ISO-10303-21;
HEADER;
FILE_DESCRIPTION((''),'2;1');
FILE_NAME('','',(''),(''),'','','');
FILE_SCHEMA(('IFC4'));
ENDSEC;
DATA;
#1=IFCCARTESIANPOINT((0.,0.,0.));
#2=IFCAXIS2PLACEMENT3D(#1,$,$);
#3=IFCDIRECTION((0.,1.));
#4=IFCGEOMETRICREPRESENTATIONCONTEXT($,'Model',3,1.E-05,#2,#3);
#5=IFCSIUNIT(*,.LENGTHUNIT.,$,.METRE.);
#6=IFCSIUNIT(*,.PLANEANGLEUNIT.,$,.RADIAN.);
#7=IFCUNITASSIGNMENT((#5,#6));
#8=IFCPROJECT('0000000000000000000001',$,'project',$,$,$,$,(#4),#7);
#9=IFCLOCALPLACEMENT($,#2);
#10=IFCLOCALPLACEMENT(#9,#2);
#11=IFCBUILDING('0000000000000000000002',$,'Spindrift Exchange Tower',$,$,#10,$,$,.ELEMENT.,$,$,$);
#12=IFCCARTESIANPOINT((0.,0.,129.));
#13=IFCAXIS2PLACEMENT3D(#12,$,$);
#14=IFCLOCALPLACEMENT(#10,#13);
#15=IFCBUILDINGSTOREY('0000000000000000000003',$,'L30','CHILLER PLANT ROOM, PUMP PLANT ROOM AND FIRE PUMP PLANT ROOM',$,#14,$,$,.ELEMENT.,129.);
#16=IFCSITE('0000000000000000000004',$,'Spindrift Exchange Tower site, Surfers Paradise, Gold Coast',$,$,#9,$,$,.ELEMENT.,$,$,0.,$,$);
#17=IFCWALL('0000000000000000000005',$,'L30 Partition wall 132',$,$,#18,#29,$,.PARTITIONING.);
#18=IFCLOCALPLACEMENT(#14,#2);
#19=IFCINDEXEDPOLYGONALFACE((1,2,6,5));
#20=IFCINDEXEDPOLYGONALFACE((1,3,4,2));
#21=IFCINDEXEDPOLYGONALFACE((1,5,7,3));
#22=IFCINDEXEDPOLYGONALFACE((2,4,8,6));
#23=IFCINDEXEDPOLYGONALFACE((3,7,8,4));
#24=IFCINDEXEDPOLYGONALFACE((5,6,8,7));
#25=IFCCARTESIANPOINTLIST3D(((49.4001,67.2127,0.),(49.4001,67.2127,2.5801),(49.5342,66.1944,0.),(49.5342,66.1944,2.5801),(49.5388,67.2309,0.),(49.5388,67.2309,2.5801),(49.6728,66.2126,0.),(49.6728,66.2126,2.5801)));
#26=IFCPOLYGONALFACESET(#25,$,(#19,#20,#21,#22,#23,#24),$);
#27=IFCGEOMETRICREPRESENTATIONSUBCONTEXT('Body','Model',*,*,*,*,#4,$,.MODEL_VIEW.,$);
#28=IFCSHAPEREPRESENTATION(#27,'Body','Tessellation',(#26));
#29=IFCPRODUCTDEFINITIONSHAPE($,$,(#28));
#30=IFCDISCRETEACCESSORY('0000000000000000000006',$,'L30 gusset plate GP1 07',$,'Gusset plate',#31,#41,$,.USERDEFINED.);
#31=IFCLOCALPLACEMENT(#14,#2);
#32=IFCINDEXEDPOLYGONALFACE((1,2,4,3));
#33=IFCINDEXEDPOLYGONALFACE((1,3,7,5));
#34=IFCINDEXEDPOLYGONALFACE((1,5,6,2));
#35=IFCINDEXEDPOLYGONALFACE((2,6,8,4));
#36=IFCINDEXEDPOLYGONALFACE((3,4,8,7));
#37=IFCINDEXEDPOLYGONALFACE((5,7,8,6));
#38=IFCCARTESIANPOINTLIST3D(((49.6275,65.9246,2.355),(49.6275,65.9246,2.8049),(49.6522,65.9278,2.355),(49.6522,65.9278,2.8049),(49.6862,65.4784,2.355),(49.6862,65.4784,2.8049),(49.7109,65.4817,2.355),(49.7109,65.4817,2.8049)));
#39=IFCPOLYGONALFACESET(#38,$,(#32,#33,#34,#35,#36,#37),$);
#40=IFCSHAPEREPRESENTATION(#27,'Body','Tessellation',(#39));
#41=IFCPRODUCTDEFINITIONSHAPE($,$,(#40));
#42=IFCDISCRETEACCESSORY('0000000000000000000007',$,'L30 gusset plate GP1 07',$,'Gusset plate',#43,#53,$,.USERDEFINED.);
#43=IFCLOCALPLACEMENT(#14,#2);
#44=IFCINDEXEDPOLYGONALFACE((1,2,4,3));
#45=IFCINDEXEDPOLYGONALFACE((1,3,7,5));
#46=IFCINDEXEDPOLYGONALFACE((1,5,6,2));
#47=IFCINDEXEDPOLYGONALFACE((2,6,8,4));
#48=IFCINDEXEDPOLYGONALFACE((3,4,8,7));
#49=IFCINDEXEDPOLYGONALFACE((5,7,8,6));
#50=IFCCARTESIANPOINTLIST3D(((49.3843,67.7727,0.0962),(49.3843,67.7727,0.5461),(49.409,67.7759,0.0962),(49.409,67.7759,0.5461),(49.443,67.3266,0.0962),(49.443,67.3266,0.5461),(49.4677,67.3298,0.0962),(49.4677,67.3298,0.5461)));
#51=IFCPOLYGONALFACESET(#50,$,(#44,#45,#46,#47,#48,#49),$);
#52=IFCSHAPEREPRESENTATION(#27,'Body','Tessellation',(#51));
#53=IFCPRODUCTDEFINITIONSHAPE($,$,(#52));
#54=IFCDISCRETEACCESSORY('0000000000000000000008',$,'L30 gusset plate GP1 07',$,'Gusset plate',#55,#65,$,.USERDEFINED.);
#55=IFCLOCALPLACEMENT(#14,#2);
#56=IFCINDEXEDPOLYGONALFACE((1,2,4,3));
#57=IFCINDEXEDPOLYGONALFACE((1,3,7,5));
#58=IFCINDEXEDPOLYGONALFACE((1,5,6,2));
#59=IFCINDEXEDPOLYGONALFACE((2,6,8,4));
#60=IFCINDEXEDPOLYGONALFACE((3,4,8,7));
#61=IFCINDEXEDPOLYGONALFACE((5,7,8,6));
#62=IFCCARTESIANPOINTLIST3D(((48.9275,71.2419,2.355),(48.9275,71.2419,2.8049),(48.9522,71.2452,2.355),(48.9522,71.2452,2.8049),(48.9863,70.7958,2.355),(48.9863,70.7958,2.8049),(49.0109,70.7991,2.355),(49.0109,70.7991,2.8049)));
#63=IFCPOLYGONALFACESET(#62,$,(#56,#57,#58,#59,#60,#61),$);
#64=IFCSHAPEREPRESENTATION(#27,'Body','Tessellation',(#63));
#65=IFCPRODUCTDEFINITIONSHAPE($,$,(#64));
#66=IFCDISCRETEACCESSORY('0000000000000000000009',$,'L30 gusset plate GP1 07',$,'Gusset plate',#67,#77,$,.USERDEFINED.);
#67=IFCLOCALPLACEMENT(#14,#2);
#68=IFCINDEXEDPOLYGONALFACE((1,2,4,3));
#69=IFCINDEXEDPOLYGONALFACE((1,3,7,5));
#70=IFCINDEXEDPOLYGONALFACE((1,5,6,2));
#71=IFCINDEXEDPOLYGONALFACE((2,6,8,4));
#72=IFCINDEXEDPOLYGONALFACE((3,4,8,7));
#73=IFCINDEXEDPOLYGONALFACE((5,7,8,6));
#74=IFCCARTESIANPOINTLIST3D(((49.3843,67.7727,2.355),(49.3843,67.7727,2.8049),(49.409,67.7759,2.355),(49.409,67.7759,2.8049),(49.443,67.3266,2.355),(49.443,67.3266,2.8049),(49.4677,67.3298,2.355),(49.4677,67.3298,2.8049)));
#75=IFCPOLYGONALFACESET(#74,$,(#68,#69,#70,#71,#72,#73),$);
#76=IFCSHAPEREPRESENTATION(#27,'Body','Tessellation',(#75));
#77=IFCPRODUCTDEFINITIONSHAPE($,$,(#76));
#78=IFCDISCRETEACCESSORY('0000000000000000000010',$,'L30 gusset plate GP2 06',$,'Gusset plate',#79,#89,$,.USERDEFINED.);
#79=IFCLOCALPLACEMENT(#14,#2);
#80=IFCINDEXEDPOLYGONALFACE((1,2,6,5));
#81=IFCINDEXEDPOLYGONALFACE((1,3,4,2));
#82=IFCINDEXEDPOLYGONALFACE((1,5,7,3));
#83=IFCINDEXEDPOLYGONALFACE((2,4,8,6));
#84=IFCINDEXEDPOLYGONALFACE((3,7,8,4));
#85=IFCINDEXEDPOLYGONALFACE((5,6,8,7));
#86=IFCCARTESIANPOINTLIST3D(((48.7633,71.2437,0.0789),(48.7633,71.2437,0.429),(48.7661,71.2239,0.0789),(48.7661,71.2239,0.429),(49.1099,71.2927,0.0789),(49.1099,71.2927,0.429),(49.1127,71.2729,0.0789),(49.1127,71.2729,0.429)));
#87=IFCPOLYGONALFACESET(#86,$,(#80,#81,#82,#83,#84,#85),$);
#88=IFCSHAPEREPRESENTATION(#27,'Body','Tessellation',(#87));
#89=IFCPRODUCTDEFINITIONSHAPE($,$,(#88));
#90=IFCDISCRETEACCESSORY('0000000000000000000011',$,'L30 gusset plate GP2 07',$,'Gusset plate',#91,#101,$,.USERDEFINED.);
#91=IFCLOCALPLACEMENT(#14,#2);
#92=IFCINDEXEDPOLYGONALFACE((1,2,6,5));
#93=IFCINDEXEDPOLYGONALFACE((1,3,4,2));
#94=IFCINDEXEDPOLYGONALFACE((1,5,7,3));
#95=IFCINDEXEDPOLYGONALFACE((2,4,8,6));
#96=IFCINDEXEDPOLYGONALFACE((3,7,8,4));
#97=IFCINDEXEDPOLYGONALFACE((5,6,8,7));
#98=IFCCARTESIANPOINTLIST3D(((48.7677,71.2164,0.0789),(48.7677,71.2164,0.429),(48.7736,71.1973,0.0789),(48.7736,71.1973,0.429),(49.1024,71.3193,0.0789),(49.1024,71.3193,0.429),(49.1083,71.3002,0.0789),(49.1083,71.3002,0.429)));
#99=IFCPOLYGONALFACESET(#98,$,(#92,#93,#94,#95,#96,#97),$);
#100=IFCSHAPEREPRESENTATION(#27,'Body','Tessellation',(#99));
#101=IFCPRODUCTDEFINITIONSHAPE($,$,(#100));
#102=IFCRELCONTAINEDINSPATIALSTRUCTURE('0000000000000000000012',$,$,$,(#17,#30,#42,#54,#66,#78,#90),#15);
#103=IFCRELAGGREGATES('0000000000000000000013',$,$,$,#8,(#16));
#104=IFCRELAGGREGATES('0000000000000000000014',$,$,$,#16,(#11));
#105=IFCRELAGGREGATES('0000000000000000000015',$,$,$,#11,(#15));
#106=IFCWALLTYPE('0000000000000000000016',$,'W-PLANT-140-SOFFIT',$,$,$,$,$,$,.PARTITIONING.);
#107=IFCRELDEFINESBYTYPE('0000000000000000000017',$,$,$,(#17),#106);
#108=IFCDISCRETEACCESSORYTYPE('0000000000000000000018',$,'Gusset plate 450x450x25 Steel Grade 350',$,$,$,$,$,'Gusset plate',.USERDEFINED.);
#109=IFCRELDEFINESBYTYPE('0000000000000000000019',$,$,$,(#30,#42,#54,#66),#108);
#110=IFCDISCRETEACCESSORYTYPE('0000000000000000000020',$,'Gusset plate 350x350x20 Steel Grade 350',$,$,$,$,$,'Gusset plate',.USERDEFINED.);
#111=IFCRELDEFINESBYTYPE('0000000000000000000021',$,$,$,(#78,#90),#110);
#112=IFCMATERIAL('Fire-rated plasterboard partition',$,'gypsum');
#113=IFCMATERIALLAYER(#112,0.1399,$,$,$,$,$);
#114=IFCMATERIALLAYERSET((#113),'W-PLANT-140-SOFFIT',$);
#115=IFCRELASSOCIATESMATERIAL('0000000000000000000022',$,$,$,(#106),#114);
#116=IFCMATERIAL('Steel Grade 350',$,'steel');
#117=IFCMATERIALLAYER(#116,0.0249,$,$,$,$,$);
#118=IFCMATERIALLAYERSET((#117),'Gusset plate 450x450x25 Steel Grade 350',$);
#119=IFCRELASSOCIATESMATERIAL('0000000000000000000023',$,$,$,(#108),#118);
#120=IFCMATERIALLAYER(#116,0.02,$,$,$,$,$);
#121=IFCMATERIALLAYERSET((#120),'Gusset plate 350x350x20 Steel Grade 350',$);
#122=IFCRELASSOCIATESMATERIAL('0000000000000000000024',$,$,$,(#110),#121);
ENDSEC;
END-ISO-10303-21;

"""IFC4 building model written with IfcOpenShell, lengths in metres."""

from ifc_helpers import new_model, si_unit, direction, frame, frame_2d, origin, origin_2d, place, context, subcontext, project, spatial, rectangle, extrude, source, transform, mapped, material, layer, layer_set, type_object, element, save


model = new_model("IFC4")

# Units and contexts
model_context = context("Model", 3, precision=1e-05, world=origin(), true_north=direction((0.0, 1.0)))
body_context = subcontext(model_context, "Body", "Model", "MODEL_VIEW")
ifc_project = project(units=[si_unit("LENGTHUNIT", "METRE"), si_unit("PLANEANGLEUNIT", "RADIAN")], contexts=[model_context])

# Site, building, storey
site_placement = place(None, origin())
site = spatial("IfcSite", under=ifc_project, at=site_placement, Name="Spindrift Exchange Tower site, Surfers Paradise, Gold Coast", CompositionType="ELEMENT", RefElevation=0.0)
building_placement = place(site_placement, origin())
building = spatial("IfcBuilding", under=site, at=building_placement, Name="Spindrift Exchange Tower", CompositionType="ELEMENT")
storey_placement = place(building_placement, frame((0.0, 0.0, 129.0)))
storey = spatial("IfcBuildingStorey", under=building, at=storey_placement, Name="L30", Description="CHILLER PLANT ROOM, PUMP PLANT ROOM AND FIRE PUMP PLANT ROOM", CompositionType="ELEMENT", Elevation=129.0)

# Shared definitions
ifc_material_1 = material(Name="Steel Grade 350", Category="steel")

# Wall
ifc_material_2 = material(Name="Fire-rated plasterboard partition", Category="gypsum")
ifc_layer_1 = layer(ifc_material_2, 0.1399)
ifc_layer_set_1 = layer_set([ifc_layer_1], Name="W-PLANT-140-SOFFIT")
wall_type_1 = type_object("IfcWallType", Name="W-PLANT-140-SOFFIT", PredefinedType="PARTITIONING", material=ifc_layer_set_1)
wall_1_placement = place(storey_placement, frame((49.6035, 66.2034, 0.0), z_axis=(0.0, 0.0, 1.0), x_axis=(-0.130498, 0.991449, 0.0)))
element("IfcWall", 1, at=wall_1_placement, inside=storey, type_object=wall_type_1, Name="L30 Partition wall 132", PredefinedType="PARTITIONING", context=body_context, shape_type="SweptSolid", body=[
    extrude(rectangle(XDim=1.0271, YDim=0.1399, at=frame_2d((0.5137, 0.0))), origin(), (0.0, 0.0, 1.0), 2.5801),
])

# Discrete accessories
ifc_layer_2 = layer(ifc_material_1, 0.0249)
ifc_layer_set_2 = layer_set([ifc_layer_2], Name="Gusset plate 450x450x25 Steel Grade 350")
discrete_accessory_type_1 = type_object("IfcDiscreteAccessoryType", Name="Gusset plate 450x450x25 Steel Grade 350", ElementType="Gusset plate", PredefinedType="USERDEFINED", material=ifc_layer_set_2)
shared_shape_1 = source(origin(), body_context, "Body", "SweptSolid", [
    extrude(rectangle(XDim=0.45, YDim=0.0249, at=origin_2d()), origin(), (0.0, 0.0, 1.0), 0.45),
])
for number, where, z_axis, x_axis, name in (
    (2, (49.6692, 65.7031, 2.355), (0.0, 0.0, 1.0), (-0.130523, 0.991445, 0.0), "L30 gusset plate GP1 07"),
    (3, (49.426, 67.5513, 0.0962), (0.0, 0.0, 1.0), (-0.130523, 0.991445, 0.0), "L30 gusset plate GP1 07"),
    (4, (48.9692, 71.0205, 2.355), (0.0, 0.0, 1.0), (-0.130521, 0.991446, 0.0), "L30 gusset plate GP1 07"),
    (5, (49.426, 67.5513, 2.355), (0.0, 0.0, 1.0), (-0.130526, 0.991445, 0.0), "L30 gusset plate GP1 07"),
):
    element("IfcDiscreteAccessory", number, at=place(storey_placement, frame(where, z_axis=z_axis, x_axis=x_axis)), inside=storey, type_object=discrete_accessory_type_1, Name=name, ObjectType="Gusset plate", PredefinedType="USERDEFINED", context=body_context, shape_type="MappedRepresentation", body=[
        mapped(shared_shape_1, transform((0.0, 0.0, 0.0), scale=1.0)),
    ])
ifc_layer_3 = layer(ifc_material_1, 0.02)
ifc_layer_set_3 = layer_set([ifc_layer_3], Name="Gusset plate 350x350x20 Steel Grade 350")
discrete_accessory_type_2 = type_object("IfcDiscreteAccessoryType", Name="Gusset plate 350x350x20 Steel Grade 350", ElementType="Gusset plate", PredefinedType="USERDEFINED", material=ifc_layer_set_3)
shared_shape_2 = source(origin(), body_context, "Body", "SweptSolid", [
    extrude(rectangle(XDim=0.3501, YDim=0.02, at=origin_2d()), origin(), (0.0, 0.0, 1.0), 0.3501),
])
for number, where, z_axis, x_axis, name in (
    (6, (48.938, 71.2583, 0.0789), (0.0, 0.0, 1.0), (-0.990171, -0.139861, 0.0), "L30 gusset plate GP2 06"),
    (7, (48.938, 71.2583, 0.0789), (0.0, 0.0, 1.0), (-0.955861, -0.293818, 0.0), "L30 gusset plate GP2 07"),
):
    element("IfcDiscreteAccessory", number, at=place(storey_placement, frame(where, z_axis=z_axis, x_axis=x_axis)), inside=storey, type_object=discrete_accessory_type_2, Name=name, ObjectType="Gusset plate", PredefinedType="USERDEFINED", context=body_context, shape_type="MappedRepresentation", body=[
        mapped(shared_shape_2, transform((0.0, 0.0, 0.0), scale=1.0)),
    ])

save(model, "model.ifc")
